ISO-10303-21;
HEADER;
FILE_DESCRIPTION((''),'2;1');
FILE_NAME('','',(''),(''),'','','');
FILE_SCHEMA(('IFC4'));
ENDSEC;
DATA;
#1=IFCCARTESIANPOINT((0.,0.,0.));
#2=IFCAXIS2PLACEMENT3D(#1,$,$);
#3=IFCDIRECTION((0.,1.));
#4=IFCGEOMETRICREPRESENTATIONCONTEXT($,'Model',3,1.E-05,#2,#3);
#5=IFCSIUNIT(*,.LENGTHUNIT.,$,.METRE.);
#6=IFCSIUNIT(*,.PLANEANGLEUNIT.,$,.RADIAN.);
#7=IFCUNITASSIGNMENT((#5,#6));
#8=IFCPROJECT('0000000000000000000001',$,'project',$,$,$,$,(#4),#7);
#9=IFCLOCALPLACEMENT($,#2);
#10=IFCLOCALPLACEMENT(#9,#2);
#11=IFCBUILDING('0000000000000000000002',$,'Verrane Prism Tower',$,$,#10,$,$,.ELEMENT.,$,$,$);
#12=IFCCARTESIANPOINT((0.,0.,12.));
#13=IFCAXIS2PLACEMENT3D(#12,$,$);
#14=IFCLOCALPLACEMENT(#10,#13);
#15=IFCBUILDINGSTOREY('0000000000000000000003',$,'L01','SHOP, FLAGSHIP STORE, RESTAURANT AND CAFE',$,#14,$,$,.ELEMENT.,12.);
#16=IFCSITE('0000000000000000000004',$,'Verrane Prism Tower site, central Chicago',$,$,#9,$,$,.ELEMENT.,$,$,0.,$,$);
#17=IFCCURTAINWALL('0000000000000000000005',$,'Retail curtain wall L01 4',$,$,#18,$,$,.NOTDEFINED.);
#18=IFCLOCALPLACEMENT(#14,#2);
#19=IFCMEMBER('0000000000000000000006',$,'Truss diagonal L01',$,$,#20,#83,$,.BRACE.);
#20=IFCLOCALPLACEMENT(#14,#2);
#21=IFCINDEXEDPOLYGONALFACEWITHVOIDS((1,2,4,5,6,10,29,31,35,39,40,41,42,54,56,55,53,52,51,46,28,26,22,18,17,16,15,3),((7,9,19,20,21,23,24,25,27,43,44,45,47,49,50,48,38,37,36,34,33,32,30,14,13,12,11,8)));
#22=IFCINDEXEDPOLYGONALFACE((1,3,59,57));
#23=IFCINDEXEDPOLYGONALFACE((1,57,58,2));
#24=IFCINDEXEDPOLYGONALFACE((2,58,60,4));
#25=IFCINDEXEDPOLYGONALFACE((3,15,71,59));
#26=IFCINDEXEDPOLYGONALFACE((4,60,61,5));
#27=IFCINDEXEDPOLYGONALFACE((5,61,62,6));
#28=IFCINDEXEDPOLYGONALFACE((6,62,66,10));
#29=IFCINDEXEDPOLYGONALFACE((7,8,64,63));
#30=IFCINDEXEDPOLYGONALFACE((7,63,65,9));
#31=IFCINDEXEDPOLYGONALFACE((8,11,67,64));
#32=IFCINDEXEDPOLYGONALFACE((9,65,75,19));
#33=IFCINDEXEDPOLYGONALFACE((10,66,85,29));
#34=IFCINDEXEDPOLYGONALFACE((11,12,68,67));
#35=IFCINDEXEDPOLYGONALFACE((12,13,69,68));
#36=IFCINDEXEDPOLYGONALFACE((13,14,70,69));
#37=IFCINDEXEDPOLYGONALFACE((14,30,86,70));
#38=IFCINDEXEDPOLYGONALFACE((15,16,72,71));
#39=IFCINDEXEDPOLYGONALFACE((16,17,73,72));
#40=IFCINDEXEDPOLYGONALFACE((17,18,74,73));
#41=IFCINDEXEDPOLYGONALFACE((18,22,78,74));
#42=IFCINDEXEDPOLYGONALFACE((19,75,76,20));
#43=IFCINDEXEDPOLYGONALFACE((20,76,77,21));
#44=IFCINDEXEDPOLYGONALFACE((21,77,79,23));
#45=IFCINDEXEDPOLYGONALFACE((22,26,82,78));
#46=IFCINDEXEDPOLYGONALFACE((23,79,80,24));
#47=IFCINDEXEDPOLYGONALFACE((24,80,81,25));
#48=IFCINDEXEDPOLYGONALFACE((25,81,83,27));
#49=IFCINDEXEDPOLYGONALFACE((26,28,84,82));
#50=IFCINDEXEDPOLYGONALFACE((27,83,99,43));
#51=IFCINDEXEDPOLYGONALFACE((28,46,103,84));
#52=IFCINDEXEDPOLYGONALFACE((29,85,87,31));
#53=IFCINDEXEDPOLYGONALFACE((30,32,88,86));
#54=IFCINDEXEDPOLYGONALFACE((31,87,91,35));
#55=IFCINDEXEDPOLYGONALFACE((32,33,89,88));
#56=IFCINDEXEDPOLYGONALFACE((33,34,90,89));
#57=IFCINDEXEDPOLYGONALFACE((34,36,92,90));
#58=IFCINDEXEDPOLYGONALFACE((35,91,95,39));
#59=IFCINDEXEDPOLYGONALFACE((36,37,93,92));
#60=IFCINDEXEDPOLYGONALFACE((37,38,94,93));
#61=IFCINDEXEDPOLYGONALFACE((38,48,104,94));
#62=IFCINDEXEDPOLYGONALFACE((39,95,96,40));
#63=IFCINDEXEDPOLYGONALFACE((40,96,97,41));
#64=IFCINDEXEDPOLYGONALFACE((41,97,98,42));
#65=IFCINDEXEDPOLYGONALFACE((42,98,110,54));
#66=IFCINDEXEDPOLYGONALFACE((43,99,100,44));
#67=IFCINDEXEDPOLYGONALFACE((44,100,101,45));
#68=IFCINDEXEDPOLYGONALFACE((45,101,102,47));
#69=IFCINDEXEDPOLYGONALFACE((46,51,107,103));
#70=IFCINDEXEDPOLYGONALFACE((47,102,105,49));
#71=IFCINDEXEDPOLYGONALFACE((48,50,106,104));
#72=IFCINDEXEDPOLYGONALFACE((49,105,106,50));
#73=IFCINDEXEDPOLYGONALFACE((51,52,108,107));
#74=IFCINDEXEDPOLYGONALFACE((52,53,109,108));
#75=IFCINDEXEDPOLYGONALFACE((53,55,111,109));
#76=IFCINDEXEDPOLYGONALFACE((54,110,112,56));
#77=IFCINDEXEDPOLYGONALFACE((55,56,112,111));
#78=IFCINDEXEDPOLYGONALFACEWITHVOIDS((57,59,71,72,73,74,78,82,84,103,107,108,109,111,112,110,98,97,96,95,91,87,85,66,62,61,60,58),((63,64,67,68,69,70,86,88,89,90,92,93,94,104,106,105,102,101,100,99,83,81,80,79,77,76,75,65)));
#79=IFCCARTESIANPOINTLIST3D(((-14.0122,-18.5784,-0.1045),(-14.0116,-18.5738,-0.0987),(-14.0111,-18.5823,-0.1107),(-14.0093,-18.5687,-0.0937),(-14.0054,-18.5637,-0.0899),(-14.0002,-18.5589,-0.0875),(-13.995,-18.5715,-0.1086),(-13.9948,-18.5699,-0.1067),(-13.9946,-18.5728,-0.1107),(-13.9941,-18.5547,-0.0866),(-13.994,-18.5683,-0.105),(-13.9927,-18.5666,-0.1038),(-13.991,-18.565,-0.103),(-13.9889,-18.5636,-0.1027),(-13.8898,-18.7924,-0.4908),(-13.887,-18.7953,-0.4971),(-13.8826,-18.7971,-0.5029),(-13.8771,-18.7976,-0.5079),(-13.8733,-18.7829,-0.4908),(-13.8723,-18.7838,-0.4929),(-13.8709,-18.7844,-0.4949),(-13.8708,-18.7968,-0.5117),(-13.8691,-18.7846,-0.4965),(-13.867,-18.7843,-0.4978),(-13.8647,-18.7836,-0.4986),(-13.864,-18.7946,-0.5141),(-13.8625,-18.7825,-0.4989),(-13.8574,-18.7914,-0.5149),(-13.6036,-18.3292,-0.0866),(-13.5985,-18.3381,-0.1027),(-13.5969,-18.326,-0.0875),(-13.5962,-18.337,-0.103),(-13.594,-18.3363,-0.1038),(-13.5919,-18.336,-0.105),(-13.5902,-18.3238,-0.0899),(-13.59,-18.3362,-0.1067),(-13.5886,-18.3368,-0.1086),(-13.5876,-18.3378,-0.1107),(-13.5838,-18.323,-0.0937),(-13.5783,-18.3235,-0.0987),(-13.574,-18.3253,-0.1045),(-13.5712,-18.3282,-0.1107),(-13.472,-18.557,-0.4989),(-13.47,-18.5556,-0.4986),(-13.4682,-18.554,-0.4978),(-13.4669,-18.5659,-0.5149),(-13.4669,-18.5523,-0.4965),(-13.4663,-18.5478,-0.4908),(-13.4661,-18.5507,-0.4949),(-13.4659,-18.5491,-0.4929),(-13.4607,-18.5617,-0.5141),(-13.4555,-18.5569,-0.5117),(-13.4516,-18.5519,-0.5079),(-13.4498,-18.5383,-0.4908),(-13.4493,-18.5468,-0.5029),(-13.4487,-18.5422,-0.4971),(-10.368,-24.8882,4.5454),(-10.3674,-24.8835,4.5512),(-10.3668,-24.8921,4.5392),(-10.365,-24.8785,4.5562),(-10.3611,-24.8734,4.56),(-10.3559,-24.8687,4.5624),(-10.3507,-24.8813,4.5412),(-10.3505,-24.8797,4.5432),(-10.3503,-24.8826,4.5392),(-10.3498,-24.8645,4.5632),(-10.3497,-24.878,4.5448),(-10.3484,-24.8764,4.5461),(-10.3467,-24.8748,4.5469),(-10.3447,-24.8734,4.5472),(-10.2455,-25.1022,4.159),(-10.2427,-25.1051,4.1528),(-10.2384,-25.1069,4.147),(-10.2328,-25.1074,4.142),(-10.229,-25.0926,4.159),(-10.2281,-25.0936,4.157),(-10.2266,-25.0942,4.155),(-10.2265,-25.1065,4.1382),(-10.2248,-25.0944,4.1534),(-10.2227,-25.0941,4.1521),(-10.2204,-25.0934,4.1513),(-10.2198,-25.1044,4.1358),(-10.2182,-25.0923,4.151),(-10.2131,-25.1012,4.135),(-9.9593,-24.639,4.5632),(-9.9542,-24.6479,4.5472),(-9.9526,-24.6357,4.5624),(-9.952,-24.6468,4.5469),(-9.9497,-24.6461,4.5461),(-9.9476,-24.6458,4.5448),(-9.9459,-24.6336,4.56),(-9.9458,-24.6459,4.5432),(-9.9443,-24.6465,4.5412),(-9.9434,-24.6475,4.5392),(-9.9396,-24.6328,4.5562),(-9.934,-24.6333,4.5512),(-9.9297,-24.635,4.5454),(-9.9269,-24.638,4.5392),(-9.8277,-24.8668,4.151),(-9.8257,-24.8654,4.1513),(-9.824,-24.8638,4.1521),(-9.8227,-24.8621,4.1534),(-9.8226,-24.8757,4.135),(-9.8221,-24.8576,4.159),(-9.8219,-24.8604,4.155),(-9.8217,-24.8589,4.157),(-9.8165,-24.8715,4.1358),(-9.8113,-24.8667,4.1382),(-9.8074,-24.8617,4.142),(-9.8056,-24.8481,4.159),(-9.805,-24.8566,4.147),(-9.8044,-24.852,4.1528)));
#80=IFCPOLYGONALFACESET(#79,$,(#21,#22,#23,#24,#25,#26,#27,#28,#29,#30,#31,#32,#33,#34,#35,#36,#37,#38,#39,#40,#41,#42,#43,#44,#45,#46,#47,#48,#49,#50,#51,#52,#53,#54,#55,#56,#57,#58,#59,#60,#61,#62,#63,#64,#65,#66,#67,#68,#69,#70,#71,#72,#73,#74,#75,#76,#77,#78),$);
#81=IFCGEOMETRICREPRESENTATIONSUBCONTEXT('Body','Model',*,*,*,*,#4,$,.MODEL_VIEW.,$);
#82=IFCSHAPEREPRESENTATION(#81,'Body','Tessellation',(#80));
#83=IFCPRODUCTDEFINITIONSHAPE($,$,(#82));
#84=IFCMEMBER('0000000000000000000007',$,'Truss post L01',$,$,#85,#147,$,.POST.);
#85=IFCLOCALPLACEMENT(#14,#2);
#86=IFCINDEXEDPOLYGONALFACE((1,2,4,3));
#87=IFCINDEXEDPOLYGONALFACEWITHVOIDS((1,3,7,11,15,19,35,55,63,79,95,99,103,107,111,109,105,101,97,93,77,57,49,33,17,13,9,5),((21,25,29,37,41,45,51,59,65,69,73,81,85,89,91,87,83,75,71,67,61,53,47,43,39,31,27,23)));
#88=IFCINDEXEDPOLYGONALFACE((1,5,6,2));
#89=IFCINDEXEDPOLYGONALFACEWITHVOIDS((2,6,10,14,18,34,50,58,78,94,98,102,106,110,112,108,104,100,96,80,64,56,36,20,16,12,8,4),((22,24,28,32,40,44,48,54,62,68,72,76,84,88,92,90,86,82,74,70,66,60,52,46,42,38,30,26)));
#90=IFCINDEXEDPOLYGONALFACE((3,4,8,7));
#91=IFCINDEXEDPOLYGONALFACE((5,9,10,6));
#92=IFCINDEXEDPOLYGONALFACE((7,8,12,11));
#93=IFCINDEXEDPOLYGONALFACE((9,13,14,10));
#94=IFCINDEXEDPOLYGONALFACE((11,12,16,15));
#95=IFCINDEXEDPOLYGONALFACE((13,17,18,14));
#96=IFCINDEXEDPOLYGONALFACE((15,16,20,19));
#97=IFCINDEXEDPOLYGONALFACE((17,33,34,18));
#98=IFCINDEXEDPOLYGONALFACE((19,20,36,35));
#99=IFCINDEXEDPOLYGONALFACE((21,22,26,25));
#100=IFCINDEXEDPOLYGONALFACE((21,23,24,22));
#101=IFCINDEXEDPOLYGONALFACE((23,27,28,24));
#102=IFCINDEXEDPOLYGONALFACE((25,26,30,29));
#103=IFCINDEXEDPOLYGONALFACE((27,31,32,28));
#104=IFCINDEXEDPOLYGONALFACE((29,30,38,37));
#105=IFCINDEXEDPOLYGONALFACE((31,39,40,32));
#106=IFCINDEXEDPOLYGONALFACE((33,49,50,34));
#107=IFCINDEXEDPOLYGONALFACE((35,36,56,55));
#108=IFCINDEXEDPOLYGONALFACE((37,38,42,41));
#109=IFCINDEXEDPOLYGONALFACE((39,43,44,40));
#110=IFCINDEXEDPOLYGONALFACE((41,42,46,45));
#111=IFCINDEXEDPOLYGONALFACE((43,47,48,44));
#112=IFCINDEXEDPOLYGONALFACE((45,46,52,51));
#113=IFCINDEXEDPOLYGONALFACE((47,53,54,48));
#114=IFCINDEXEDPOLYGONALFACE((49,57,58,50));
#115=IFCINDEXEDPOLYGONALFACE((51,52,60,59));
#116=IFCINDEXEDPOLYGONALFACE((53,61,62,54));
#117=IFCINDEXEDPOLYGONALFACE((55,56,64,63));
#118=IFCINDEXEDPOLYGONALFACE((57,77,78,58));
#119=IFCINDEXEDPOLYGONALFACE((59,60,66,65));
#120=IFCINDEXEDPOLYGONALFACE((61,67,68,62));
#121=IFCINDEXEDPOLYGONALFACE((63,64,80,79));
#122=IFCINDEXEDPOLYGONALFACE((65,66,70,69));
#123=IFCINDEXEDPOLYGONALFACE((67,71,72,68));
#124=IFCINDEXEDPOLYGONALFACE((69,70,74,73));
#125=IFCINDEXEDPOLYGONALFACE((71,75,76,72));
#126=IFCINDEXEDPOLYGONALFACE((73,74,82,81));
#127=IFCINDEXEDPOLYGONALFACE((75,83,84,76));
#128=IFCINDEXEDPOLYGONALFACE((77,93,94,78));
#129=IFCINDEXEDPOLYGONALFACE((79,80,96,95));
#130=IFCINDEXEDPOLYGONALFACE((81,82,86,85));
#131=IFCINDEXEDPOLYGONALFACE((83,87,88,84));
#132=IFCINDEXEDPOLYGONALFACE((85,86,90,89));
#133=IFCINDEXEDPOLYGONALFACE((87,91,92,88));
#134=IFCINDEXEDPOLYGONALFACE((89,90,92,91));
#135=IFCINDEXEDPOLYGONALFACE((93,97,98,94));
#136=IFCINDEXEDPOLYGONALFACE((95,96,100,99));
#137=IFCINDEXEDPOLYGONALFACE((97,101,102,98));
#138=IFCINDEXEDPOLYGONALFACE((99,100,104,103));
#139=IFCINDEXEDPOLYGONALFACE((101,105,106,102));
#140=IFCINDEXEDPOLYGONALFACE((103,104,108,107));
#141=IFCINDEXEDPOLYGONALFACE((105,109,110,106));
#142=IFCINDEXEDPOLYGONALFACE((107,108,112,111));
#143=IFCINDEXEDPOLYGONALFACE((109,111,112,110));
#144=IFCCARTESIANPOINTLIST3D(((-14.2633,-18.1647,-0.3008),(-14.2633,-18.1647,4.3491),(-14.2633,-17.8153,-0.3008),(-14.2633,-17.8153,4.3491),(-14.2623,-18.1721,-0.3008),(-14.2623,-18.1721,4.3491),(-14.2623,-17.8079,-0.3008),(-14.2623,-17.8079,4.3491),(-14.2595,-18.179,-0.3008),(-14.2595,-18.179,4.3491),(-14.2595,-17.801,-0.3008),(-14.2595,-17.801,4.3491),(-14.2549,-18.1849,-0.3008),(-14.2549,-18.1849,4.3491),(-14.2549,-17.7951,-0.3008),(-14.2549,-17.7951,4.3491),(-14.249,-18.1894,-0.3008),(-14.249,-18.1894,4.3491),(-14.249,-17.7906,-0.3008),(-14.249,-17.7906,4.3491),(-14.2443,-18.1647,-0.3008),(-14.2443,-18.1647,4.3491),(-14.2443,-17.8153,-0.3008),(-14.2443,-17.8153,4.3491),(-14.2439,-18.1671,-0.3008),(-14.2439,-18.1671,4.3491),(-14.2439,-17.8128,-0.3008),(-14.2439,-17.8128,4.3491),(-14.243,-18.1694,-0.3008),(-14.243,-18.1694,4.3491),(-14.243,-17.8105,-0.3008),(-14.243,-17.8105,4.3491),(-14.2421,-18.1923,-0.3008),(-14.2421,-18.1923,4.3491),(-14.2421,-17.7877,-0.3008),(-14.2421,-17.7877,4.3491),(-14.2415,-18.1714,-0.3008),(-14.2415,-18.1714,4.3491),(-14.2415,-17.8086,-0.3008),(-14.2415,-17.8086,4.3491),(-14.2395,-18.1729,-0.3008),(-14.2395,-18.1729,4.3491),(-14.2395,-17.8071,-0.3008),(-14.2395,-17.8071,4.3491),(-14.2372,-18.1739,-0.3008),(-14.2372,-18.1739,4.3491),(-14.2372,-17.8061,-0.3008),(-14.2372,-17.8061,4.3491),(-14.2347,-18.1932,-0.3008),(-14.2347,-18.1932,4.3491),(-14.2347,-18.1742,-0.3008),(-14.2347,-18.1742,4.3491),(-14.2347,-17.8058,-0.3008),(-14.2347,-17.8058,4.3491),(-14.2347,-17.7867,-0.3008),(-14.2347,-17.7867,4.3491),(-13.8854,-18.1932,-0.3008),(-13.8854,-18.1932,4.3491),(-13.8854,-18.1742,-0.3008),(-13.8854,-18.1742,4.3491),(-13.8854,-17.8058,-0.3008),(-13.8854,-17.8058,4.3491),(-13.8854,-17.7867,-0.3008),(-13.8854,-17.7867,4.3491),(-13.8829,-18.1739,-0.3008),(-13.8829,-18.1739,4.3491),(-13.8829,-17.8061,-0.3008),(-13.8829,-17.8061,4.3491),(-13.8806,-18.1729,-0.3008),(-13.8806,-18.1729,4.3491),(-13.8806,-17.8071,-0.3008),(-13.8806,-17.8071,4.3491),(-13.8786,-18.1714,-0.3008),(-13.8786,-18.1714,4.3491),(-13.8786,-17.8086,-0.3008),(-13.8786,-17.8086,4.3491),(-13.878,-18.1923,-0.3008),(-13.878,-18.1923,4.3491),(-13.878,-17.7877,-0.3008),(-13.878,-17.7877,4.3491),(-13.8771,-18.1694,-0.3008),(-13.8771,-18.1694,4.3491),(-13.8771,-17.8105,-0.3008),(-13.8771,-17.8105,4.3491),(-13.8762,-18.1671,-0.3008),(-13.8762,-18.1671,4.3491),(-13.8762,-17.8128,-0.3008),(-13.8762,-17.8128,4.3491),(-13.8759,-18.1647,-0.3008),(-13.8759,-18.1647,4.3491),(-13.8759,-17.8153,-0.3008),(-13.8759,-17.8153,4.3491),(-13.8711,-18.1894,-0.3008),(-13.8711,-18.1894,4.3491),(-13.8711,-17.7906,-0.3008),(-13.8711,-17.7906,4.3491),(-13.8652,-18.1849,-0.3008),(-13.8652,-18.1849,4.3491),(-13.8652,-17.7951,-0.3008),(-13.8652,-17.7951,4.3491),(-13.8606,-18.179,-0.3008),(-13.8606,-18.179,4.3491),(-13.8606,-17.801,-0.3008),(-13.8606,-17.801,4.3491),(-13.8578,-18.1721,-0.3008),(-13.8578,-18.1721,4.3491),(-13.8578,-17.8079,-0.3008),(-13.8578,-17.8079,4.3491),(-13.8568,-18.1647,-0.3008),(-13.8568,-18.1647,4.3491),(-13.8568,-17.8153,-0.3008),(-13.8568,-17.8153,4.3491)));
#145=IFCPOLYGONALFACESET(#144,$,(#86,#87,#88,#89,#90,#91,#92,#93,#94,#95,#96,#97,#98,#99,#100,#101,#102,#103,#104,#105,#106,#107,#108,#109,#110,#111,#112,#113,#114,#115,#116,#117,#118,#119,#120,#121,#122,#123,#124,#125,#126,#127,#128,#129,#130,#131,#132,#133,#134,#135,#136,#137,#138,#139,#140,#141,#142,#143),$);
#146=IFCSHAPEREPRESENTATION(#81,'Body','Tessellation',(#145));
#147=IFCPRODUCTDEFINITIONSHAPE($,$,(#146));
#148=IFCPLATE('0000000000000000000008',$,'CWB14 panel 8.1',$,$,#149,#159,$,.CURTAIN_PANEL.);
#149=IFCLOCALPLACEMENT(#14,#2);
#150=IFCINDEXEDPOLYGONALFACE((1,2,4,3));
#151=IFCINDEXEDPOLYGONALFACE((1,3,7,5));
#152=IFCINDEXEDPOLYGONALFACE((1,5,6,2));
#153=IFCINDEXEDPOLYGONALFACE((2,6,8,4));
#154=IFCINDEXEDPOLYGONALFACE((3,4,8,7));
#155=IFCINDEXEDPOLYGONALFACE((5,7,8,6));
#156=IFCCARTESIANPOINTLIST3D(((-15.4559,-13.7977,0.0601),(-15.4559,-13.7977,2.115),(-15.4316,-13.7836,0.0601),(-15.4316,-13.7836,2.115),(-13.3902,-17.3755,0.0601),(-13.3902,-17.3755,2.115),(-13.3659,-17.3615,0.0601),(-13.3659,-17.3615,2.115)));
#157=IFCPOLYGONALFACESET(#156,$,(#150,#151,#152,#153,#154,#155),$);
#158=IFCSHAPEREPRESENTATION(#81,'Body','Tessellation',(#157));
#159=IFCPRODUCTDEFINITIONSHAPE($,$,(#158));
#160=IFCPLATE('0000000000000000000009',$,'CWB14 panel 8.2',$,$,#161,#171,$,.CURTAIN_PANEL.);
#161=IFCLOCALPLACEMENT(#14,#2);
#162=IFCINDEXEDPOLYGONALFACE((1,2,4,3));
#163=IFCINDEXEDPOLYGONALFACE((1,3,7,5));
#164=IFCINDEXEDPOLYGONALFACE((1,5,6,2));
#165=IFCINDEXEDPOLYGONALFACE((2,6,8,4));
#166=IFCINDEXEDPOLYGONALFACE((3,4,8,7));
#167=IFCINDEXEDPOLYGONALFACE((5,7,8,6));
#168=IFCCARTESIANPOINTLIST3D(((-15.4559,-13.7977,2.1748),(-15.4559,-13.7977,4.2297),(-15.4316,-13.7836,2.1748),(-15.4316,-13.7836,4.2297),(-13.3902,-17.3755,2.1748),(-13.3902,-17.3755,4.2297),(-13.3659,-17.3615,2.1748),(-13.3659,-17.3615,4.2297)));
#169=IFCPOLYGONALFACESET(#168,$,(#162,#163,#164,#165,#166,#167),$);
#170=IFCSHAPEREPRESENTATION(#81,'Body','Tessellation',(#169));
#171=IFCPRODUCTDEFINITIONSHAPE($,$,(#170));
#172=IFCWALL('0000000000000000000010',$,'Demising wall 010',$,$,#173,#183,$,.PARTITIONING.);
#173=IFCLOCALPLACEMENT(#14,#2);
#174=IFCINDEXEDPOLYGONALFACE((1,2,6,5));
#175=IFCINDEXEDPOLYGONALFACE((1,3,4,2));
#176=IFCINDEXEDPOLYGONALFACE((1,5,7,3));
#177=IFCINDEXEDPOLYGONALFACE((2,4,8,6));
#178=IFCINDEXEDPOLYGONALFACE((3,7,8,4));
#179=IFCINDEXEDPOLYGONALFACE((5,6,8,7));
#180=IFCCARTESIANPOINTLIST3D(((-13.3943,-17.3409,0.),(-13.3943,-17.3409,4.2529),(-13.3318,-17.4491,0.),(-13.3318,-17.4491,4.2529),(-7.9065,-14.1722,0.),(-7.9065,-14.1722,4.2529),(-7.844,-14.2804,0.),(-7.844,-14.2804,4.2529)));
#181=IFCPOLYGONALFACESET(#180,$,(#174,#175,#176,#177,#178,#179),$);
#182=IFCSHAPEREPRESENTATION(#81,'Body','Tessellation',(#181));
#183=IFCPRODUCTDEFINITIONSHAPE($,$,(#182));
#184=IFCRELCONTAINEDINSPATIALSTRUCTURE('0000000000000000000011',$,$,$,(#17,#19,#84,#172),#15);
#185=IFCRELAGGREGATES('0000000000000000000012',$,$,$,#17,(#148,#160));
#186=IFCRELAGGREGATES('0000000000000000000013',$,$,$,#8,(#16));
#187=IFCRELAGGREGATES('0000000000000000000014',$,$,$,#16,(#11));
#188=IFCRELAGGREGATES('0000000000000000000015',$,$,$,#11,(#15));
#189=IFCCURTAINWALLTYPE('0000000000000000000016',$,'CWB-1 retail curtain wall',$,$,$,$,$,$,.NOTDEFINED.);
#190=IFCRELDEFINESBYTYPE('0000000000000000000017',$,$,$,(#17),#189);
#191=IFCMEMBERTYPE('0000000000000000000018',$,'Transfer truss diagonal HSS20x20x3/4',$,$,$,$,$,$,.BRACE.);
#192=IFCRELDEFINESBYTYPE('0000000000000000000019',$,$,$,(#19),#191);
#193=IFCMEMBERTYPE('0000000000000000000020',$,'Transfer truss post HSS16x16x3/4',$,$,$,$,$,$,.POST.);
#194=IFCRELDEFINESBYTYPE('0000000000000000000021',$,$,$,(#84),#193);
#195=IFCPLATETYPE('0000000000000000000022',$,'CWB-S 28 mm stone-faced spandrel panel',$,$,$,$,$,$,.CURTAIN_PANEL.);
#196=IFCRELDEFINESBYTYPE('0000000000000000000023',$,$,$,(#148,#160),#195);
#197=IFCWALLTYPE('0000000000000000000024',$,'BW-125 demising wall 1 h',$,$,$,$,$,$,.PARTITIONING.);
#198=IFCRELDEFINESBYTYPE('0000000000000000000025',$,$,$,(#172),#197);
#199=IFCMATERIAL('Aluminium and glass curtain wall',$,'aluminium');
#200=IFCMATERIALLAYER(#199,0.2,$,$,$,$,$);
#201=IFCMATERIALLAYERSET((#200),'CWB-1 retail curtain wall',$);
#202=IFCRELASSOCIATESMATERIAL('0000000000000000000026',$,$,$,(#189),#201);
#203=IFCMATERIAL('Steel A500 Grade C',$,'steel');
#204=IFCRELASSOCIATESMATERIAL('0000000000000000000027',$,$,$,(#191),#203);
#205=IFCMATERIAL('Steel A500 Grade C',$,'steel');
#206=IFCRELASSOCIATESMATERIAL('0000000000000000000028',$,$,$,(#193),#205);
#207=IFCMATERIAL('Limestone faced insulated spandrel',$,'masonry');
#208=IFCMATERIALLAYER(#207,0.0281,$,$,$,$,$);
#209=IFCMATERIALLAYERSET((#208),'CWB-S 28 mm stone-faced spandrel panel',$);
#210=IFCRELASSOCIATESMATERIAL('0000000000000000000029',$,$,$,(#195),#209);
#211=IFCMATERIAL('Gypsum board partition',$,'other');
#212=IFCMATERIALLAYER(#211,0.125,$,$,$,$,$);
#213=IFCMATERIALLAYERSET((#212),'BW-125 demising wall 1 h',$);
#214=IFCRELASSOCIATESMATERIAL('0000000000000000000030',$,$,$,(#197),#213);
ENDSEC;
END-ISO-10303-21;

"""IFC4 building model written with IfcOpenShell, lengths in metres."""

from ifc_helpers import new_model, si_unit, direction, frame, frame_2d, origin, origin_2d, place, context, subcontext, project, spatial, rectangle, hollow_rectangle, extrude, material, layer, layer_set, material_profile, profile_set, type_object, element, aggregate, save


model = new_model("IFC4")

# Units and contexts
model_context = context("Model", 3, precision=1e-05, world=origin(), true_north=direction((0.0, 1.0)))
body_context = subcontext(model_context, "Body", "Model", "MODEL_VIEW")
ifc_project = project(units=[si_unit("LENGTHUNIT", "METRE"), si_unit("PLANEANGLEUNIT", "RADIAN")], contexts=[model_context])

# Site, building, storey
site_placement = place(None, origin())
site = spatial("IfcSite", under=ifc_project, at=site_placement, Name="Verrane Prism Tower site, central Chicago", CompositionType="ELEMENT", RefElevation=0.0)
building_placement = place(site_placement, origin())
building = spatial("IfcBuilding", under=site, at=building_placement, Name="Verrane Prism Tower", CompositionType="ELEMENT")
storey_placement = place(building_placement, frame((0.0, 0.0, 12.0)))
storey = spatial("IfcBuildingStorey", under=building, at=storey_placement, Name="L01", Description="SHOP, FLAGSHIP STORE, RESTAURANT AND CAFE", CompositionType="ELEMENT", Elevation=12.0)

# Curtain wall
ifc_material_1 = material(Name="Aluminium and glass curtain wall", Category="aluminium")
ifc_layer_1 = layer(ifc_material_1, 0.2)
ifc_layer_set_1 = layer_set([ifc_layer_1], Name="CWB-1 retail curtain wall")
curtain_wall_type = type_object("IfcCurtainWallType", Name="CWB-1 retail curtain wall", PredefinedType="NOTDEFINED", material=ifc_layer_set_1)
curtain_wall_placement = place(storey_placement, origin())
curtain_wall = element("IfcCurtainWall", 1, at=curtain_wall_placement, inside=storey, type_object=curtain_wall_type, Name="Retail curtain wall L01 4", PredefinedType="NOTDEFINED")

# Members
ifc_material_2 = material(Name="Steel A500 Grade C", Category="steel")
ifc_material_profile_1 = material_profile(ifc_material_2, hollow_rectangle(XDim=0.5081, YDim=0.5081, WallThickness=0.019, InnerFilletRadius=0.0095, OuterFilletRadius=0.0286, at=origin_2d()), Name="HSS20x20x3/4")
ifc_profile_set_1 = profile_set([ifc_material_profile_1], Name="Steel A500 Grade C")
member_type_1 = type_object("IfcMemberType", Name="Transfer truss diagonal HSS20x20x3/4", PredefinedType="BRACE", material=ifc_profile_set_1)
member_1_placement = place(storey_placement, frame((-13.7305, -18.5603, -0.3008), z_axis=(0.421605, -0.729977, 0.537943), x_axis=(0.865947, 0.500135, 0.0)))
element("IfcMember", 2, at=member_1_placement, inside=storey, type_object=member_type_1, Name="Truss diagonal L01", PredefinedType="BRACE", context=body_context, shape_type="SweptSolid", body=[
    extrude(hollow_rectangle(XDim=0.5081, YDim=0.5081, WallThickness=0.019, InnerFilletRadius=0.0095, OuterFilletRadius=0.0286, at=origin_2d()), origin(), (0.0, 0.0, 1.0), 8.6438),
])
ifc_material_3 = material(Name="Steel A500 Grade C", Category="steel")
ifc_material_profile_2 = material_profile(ifc_material_3, hollow_rectangle(XDim=0.4065, YDim=0.4065, WallThickness=0.019, InnerFilletRadius=0.0095, OuterFilletRadius=0.0286, at=origin_2d()), Name="HSS16x16x3/4")
ifc_profile_set_2 = profile_set([ifc_material_profile_2], Name="Steel A500 Grade C")
member_type_2 = type_object("IfcMemberType", Name="Transfer truss post HSS16x16x3/4", PredefinedType="POST", material=ifc_profile_set_2)
member_2_placement = place(storey_placement, frame((-14.0601, -17.99, -0.3008), z_axis=(0.0, 0.0, 1.0), x_axis=(1.0, 0.0, 0.0)))
element("IfcMember", 3, at=member_2_placement, inside=storey, type_object=member_type_2, Name="Truss post L01", PredefinedType="POST", context=body_context, shape_type="SweptSolid", body=[
    extrude(hollow_rectangle(XDim=0.4065, YDim=0.4065, WallThickness=0.019, InnerFilletRadius=0.0095, OuterFilletRadius=0.0286, at=origin_2d()), origin(), (0.0, 0.0, 1.0), 4.6499),
])

# Plates
ifc_material_4 = material(Name="Limestone faced insulated spandrel", Category="masonry")
ifc_layer_2 = layer(ifc_material_4, 0.0281)
ifc_layer_set_2 = layer_set([ifc_layer_2], Name="CWB-S 28 mm stone-faced spandrel panel")
plate_type = type_object("IfcPlateType", Name="CWB-S 28 mm stone-faced spandrel panel", PredefinedType="CURTAIN_PANEL", material=ifc_layer_set_2)
plate_1_placement = place(storey_placement, frame((-14.4109, -15.5796, 0.0601), z_axis=(0.0, 0.0, 1.0), x_axis=(0.5, -0.866025, 0.0)))
plate_1 = element("IfcPlate", 4, at=plate_1_placement, type_object=plate_type, Name="CWB14 panel 8.1", PredefinedType="CURTAIN_PANEL", context=body_context, shape_type="SweptSolid", body=[
    extrude(rectangle(XDim=4.1313, YDim=0.0281, at=origin_2d()), origin(), (0.0, 0.0, 1.0), 2.0549),
])
plate_2_placement = place(storey_placement, frame((-14.4109, -15.5796, 2.1748), z_axis=(0.0, 0.0, 1.0), x_axis=(0.5, -0.866025, 0.0)))
plate_2 = element("IfcPlate", 5, at=plate_2_placement, type_object=plate_type, Name="CWB14 panel 8.2", PredefinedType="CURTAIN_PANEL", context=body_context, shape_type="SweptSolid", body=[
    extrude(rectangle(XDim=4.1313, YDim=0.0281, at=origin_2d()), origin(), (0.0, 0.0, 1.0), 2.0549),
])
aggregate(curtain_wall, [plate_1, plate_2])

# Wall
ifc_material_5 = material(Name="Gypsum board partition", Category="other")
ifc_layer_3 = layer(ifc_material_5, 0.125)
ifc_layer_set_3 = layer_set([ifc_layer_3], Name="BW-125 demising wall 1 h")
wall_type_1 = type_object("IfcWallType", Name="BW-125 demising wall 1 h", PredefinedType="PARTITIONING", material=ifc_layer_set_3)
wall_1_placement = place(storey_placement, frame((-13.363, -17.395, 0.0), z_axis=(0.0, 0.0, 1.0), x_axis=(0.866003, 0.500038, 0.0)))
element("IfcWall", 6, at=wall_1_placement, inside=storey, type_object=wall_type_1, Name="Demising wall 010", PredefinedType="PARTITIONING", context=body_context, shape_type="SweptSolid", body=[
    extrude(rectangle(XDim=6.3369, YDim=0.125, at=frame_2d((3.1685, 0.0))), origin(), (0.0, 0.0, 1.0), 4.2529),
])

save(model, "model.ifc")
